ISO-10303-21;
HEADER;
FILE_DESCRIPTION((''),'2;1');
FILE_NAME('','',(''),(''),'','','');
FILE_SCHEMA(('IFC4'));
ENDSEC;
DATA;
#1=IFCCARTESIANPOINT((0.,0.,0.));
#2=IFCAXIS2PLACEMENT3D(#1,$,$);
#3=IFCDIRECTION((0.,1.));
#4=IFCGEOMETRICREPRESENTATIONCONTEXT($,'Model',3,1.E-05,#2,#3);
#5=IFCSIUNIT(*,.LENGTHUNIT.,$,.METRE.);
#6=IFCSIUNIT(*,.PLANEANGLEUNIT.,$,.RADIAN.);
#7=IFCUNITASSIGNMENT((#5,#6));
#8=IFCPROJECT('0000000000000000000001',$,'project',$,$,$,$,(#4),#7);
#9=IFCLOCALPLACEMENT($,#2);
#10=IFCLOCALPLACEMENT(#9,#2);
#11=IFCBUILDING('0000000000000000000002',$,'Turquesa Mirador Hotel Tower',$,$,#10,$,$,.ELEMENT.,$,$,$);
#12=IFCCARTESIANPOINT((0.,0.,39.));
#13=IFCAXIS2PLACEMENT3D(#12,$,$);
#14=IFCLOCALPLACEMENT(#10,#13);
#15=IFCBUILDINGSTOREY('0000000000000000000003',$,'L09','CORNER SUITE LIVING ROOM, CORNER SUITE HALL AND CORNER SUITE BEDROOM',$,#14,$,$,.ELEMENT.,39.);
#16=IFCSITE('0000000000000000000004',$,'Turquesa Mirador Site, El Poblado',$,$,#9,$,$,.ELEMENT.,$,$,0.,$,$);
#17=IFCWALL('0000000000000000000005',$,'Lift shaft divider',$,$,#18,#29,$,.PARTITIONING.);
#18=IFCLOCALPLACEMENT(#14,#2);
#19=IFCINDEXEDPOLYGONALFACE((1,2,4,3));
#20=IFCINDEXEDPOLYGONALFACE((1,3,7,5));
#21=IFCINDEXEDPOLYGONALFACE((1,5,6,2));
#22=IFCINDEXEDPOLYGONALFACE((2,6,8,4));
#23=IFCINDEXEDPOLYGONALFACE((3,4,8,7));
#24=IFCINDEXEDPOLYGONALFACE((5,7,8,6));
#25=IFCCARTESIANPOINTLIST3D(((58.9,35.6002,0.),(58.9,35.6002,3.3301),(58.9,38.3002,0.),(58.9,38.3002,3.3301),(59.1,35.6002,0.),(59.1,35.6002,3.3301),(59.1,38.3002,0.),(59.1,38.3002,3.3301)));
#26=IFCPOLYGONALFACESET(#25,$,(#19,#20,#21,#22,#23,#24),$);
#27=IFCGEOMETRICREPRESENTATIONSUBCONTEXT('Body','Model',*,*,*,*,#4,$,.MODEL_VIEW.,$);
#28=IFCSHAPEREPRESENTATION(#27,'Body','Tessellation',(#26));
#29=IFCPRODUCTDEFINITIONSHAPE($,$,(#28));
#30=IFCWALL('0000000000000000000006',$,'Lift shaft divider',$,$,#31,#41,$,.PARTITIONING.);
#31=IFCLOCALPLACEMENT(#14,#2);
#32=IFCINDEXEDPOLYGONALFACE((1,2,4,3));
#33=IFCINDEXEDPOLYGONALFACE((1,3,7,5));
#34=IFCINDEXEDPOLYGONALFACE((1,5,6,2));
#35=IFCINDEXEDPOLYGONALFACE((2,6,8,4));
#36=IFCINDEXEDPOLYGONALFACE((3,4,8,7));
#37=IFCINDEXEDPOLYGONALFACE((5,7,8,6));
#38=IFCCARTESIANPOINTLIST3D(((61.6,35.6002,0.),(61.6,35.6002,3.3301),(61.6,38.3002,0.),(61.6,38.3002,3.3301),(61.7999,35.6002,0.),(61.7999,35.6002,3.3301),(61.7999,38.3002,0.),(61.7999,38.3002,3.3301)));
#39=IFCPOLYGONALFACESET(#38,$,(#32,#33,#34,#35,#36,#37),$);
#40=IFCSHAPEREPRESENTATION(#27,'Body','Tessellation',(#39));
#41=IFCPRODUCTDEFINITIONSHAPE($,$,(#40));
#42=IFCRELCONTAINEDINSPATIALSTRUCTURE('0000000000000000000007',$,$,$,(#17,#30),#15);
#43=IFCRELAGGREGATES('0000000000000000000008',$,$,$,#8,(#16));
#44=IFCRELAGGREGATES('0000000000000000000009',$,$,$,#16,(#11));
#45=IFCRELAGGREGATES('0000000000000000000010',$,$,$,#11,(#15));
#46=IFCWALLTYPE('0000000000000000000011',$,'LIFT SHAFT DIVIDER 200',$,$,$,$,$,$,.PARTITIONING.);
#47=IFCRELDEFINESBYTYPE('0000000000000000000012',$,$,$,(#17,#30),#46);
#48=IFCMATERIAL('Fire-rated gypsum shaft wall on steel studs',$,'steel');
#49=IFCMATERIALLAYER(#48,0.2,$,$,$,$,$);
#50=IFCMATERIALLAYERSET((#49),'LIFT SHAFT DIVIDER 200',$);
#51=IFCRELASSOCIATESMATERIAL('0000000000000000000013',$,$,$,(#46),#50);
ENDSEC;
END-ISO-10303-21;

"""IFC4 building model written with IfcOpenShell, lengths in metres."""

from ifc_helpers import new_model, si_unit, direction, frame, frame_2d, origin, place, context, subcontext, project, spatial, rectangle, extrude, material, layer, layer_set, type_object, element, save


model = new_model("IFC4")

# Units and contexts
model_context = context("Model", 3, precision=1e-05, world=origin(), true_north=direction((0.0, 1.0)))
body_context = subcontext(model_context, "Body", "Model", "MODEL_VIEW")
ifc_project = project(units=[si_unit("LENGTHUNIT", "METRE"), si_unit("PLANEANGLEUNIT", "RADIAN")], contexts=[model_context])

# Site, building, storey
site_placement = place(None, origin())
site = spatial("IfcSite", under=ifc_project, at=site_placement, Name="Turquesa Mirador Site, El Poblado", CompositionType="ELEMENT", RefElevation=0.0)
building_placement = place(site_placement, origin())
building = spatial("IfcBuilding", under=site, at=building_placement, Name="Turquesa Mirador Hotel Tower", CompositionType="ELEMENT")
storey_placement = place(building_placement, frame((0.0, 0.0, 39.0)))
storey = spatial("IfcBuildingStorey", under=building, at=storey_placement, Name="L09", Description="CORNER SUITE LIVING ROOM, CORNER SUITE HALL AND CORNER SUITE BEDROOM", CompositionType="ELEMENT", Elevation=39.0)

# Walls
ifc_material_1 = material(Name="Fire-rated gypsum shaft wall on steel studs", Category="steel")
ifc_layer_1 = layer(ifc_material_1, 0.2)
ifc_layer_set_1 = layer_set([ifc_layer_1], Name="LIFT SHAFT DIVIDER 200")
wall_type_1 = type_object("IfcWallType", Name="LIFT SHAFT DIVIDER 200", PredefinedType="PARTITIONING", material=ifc_layer_set_1)
for number, where, z_axis, x_axis, name in (
    (1, (59.0, 35.6001, 0.0), (0.0, 0.0, 1.0), (0.0, 1.0, 0.0), "Lift shaft divider"),
    (2, (61.7, 35.6001, 0.0), (0.0, 0.0, 1.0), (0.0, 1.0, 0.0), "Lift shaft divider"),
):
    element("IfcWall", number, at=place(storey_placement, frame(where, z_axis=z_axis, x_axis=x_axis)), inside=storey, type_object=wall_type_1, Name=name, PredefinedType="PARTITIONING", context=body_context, shape_type="SweptSolid", body=[
        extrude(rectangle(XDim=2.7, YDim=0.2, at=frame_2d((1.3501, 0.0))), origin(), (0.0, 0.0, 1.0), 3.3301),
    ])

save(model, "model.ifc")
